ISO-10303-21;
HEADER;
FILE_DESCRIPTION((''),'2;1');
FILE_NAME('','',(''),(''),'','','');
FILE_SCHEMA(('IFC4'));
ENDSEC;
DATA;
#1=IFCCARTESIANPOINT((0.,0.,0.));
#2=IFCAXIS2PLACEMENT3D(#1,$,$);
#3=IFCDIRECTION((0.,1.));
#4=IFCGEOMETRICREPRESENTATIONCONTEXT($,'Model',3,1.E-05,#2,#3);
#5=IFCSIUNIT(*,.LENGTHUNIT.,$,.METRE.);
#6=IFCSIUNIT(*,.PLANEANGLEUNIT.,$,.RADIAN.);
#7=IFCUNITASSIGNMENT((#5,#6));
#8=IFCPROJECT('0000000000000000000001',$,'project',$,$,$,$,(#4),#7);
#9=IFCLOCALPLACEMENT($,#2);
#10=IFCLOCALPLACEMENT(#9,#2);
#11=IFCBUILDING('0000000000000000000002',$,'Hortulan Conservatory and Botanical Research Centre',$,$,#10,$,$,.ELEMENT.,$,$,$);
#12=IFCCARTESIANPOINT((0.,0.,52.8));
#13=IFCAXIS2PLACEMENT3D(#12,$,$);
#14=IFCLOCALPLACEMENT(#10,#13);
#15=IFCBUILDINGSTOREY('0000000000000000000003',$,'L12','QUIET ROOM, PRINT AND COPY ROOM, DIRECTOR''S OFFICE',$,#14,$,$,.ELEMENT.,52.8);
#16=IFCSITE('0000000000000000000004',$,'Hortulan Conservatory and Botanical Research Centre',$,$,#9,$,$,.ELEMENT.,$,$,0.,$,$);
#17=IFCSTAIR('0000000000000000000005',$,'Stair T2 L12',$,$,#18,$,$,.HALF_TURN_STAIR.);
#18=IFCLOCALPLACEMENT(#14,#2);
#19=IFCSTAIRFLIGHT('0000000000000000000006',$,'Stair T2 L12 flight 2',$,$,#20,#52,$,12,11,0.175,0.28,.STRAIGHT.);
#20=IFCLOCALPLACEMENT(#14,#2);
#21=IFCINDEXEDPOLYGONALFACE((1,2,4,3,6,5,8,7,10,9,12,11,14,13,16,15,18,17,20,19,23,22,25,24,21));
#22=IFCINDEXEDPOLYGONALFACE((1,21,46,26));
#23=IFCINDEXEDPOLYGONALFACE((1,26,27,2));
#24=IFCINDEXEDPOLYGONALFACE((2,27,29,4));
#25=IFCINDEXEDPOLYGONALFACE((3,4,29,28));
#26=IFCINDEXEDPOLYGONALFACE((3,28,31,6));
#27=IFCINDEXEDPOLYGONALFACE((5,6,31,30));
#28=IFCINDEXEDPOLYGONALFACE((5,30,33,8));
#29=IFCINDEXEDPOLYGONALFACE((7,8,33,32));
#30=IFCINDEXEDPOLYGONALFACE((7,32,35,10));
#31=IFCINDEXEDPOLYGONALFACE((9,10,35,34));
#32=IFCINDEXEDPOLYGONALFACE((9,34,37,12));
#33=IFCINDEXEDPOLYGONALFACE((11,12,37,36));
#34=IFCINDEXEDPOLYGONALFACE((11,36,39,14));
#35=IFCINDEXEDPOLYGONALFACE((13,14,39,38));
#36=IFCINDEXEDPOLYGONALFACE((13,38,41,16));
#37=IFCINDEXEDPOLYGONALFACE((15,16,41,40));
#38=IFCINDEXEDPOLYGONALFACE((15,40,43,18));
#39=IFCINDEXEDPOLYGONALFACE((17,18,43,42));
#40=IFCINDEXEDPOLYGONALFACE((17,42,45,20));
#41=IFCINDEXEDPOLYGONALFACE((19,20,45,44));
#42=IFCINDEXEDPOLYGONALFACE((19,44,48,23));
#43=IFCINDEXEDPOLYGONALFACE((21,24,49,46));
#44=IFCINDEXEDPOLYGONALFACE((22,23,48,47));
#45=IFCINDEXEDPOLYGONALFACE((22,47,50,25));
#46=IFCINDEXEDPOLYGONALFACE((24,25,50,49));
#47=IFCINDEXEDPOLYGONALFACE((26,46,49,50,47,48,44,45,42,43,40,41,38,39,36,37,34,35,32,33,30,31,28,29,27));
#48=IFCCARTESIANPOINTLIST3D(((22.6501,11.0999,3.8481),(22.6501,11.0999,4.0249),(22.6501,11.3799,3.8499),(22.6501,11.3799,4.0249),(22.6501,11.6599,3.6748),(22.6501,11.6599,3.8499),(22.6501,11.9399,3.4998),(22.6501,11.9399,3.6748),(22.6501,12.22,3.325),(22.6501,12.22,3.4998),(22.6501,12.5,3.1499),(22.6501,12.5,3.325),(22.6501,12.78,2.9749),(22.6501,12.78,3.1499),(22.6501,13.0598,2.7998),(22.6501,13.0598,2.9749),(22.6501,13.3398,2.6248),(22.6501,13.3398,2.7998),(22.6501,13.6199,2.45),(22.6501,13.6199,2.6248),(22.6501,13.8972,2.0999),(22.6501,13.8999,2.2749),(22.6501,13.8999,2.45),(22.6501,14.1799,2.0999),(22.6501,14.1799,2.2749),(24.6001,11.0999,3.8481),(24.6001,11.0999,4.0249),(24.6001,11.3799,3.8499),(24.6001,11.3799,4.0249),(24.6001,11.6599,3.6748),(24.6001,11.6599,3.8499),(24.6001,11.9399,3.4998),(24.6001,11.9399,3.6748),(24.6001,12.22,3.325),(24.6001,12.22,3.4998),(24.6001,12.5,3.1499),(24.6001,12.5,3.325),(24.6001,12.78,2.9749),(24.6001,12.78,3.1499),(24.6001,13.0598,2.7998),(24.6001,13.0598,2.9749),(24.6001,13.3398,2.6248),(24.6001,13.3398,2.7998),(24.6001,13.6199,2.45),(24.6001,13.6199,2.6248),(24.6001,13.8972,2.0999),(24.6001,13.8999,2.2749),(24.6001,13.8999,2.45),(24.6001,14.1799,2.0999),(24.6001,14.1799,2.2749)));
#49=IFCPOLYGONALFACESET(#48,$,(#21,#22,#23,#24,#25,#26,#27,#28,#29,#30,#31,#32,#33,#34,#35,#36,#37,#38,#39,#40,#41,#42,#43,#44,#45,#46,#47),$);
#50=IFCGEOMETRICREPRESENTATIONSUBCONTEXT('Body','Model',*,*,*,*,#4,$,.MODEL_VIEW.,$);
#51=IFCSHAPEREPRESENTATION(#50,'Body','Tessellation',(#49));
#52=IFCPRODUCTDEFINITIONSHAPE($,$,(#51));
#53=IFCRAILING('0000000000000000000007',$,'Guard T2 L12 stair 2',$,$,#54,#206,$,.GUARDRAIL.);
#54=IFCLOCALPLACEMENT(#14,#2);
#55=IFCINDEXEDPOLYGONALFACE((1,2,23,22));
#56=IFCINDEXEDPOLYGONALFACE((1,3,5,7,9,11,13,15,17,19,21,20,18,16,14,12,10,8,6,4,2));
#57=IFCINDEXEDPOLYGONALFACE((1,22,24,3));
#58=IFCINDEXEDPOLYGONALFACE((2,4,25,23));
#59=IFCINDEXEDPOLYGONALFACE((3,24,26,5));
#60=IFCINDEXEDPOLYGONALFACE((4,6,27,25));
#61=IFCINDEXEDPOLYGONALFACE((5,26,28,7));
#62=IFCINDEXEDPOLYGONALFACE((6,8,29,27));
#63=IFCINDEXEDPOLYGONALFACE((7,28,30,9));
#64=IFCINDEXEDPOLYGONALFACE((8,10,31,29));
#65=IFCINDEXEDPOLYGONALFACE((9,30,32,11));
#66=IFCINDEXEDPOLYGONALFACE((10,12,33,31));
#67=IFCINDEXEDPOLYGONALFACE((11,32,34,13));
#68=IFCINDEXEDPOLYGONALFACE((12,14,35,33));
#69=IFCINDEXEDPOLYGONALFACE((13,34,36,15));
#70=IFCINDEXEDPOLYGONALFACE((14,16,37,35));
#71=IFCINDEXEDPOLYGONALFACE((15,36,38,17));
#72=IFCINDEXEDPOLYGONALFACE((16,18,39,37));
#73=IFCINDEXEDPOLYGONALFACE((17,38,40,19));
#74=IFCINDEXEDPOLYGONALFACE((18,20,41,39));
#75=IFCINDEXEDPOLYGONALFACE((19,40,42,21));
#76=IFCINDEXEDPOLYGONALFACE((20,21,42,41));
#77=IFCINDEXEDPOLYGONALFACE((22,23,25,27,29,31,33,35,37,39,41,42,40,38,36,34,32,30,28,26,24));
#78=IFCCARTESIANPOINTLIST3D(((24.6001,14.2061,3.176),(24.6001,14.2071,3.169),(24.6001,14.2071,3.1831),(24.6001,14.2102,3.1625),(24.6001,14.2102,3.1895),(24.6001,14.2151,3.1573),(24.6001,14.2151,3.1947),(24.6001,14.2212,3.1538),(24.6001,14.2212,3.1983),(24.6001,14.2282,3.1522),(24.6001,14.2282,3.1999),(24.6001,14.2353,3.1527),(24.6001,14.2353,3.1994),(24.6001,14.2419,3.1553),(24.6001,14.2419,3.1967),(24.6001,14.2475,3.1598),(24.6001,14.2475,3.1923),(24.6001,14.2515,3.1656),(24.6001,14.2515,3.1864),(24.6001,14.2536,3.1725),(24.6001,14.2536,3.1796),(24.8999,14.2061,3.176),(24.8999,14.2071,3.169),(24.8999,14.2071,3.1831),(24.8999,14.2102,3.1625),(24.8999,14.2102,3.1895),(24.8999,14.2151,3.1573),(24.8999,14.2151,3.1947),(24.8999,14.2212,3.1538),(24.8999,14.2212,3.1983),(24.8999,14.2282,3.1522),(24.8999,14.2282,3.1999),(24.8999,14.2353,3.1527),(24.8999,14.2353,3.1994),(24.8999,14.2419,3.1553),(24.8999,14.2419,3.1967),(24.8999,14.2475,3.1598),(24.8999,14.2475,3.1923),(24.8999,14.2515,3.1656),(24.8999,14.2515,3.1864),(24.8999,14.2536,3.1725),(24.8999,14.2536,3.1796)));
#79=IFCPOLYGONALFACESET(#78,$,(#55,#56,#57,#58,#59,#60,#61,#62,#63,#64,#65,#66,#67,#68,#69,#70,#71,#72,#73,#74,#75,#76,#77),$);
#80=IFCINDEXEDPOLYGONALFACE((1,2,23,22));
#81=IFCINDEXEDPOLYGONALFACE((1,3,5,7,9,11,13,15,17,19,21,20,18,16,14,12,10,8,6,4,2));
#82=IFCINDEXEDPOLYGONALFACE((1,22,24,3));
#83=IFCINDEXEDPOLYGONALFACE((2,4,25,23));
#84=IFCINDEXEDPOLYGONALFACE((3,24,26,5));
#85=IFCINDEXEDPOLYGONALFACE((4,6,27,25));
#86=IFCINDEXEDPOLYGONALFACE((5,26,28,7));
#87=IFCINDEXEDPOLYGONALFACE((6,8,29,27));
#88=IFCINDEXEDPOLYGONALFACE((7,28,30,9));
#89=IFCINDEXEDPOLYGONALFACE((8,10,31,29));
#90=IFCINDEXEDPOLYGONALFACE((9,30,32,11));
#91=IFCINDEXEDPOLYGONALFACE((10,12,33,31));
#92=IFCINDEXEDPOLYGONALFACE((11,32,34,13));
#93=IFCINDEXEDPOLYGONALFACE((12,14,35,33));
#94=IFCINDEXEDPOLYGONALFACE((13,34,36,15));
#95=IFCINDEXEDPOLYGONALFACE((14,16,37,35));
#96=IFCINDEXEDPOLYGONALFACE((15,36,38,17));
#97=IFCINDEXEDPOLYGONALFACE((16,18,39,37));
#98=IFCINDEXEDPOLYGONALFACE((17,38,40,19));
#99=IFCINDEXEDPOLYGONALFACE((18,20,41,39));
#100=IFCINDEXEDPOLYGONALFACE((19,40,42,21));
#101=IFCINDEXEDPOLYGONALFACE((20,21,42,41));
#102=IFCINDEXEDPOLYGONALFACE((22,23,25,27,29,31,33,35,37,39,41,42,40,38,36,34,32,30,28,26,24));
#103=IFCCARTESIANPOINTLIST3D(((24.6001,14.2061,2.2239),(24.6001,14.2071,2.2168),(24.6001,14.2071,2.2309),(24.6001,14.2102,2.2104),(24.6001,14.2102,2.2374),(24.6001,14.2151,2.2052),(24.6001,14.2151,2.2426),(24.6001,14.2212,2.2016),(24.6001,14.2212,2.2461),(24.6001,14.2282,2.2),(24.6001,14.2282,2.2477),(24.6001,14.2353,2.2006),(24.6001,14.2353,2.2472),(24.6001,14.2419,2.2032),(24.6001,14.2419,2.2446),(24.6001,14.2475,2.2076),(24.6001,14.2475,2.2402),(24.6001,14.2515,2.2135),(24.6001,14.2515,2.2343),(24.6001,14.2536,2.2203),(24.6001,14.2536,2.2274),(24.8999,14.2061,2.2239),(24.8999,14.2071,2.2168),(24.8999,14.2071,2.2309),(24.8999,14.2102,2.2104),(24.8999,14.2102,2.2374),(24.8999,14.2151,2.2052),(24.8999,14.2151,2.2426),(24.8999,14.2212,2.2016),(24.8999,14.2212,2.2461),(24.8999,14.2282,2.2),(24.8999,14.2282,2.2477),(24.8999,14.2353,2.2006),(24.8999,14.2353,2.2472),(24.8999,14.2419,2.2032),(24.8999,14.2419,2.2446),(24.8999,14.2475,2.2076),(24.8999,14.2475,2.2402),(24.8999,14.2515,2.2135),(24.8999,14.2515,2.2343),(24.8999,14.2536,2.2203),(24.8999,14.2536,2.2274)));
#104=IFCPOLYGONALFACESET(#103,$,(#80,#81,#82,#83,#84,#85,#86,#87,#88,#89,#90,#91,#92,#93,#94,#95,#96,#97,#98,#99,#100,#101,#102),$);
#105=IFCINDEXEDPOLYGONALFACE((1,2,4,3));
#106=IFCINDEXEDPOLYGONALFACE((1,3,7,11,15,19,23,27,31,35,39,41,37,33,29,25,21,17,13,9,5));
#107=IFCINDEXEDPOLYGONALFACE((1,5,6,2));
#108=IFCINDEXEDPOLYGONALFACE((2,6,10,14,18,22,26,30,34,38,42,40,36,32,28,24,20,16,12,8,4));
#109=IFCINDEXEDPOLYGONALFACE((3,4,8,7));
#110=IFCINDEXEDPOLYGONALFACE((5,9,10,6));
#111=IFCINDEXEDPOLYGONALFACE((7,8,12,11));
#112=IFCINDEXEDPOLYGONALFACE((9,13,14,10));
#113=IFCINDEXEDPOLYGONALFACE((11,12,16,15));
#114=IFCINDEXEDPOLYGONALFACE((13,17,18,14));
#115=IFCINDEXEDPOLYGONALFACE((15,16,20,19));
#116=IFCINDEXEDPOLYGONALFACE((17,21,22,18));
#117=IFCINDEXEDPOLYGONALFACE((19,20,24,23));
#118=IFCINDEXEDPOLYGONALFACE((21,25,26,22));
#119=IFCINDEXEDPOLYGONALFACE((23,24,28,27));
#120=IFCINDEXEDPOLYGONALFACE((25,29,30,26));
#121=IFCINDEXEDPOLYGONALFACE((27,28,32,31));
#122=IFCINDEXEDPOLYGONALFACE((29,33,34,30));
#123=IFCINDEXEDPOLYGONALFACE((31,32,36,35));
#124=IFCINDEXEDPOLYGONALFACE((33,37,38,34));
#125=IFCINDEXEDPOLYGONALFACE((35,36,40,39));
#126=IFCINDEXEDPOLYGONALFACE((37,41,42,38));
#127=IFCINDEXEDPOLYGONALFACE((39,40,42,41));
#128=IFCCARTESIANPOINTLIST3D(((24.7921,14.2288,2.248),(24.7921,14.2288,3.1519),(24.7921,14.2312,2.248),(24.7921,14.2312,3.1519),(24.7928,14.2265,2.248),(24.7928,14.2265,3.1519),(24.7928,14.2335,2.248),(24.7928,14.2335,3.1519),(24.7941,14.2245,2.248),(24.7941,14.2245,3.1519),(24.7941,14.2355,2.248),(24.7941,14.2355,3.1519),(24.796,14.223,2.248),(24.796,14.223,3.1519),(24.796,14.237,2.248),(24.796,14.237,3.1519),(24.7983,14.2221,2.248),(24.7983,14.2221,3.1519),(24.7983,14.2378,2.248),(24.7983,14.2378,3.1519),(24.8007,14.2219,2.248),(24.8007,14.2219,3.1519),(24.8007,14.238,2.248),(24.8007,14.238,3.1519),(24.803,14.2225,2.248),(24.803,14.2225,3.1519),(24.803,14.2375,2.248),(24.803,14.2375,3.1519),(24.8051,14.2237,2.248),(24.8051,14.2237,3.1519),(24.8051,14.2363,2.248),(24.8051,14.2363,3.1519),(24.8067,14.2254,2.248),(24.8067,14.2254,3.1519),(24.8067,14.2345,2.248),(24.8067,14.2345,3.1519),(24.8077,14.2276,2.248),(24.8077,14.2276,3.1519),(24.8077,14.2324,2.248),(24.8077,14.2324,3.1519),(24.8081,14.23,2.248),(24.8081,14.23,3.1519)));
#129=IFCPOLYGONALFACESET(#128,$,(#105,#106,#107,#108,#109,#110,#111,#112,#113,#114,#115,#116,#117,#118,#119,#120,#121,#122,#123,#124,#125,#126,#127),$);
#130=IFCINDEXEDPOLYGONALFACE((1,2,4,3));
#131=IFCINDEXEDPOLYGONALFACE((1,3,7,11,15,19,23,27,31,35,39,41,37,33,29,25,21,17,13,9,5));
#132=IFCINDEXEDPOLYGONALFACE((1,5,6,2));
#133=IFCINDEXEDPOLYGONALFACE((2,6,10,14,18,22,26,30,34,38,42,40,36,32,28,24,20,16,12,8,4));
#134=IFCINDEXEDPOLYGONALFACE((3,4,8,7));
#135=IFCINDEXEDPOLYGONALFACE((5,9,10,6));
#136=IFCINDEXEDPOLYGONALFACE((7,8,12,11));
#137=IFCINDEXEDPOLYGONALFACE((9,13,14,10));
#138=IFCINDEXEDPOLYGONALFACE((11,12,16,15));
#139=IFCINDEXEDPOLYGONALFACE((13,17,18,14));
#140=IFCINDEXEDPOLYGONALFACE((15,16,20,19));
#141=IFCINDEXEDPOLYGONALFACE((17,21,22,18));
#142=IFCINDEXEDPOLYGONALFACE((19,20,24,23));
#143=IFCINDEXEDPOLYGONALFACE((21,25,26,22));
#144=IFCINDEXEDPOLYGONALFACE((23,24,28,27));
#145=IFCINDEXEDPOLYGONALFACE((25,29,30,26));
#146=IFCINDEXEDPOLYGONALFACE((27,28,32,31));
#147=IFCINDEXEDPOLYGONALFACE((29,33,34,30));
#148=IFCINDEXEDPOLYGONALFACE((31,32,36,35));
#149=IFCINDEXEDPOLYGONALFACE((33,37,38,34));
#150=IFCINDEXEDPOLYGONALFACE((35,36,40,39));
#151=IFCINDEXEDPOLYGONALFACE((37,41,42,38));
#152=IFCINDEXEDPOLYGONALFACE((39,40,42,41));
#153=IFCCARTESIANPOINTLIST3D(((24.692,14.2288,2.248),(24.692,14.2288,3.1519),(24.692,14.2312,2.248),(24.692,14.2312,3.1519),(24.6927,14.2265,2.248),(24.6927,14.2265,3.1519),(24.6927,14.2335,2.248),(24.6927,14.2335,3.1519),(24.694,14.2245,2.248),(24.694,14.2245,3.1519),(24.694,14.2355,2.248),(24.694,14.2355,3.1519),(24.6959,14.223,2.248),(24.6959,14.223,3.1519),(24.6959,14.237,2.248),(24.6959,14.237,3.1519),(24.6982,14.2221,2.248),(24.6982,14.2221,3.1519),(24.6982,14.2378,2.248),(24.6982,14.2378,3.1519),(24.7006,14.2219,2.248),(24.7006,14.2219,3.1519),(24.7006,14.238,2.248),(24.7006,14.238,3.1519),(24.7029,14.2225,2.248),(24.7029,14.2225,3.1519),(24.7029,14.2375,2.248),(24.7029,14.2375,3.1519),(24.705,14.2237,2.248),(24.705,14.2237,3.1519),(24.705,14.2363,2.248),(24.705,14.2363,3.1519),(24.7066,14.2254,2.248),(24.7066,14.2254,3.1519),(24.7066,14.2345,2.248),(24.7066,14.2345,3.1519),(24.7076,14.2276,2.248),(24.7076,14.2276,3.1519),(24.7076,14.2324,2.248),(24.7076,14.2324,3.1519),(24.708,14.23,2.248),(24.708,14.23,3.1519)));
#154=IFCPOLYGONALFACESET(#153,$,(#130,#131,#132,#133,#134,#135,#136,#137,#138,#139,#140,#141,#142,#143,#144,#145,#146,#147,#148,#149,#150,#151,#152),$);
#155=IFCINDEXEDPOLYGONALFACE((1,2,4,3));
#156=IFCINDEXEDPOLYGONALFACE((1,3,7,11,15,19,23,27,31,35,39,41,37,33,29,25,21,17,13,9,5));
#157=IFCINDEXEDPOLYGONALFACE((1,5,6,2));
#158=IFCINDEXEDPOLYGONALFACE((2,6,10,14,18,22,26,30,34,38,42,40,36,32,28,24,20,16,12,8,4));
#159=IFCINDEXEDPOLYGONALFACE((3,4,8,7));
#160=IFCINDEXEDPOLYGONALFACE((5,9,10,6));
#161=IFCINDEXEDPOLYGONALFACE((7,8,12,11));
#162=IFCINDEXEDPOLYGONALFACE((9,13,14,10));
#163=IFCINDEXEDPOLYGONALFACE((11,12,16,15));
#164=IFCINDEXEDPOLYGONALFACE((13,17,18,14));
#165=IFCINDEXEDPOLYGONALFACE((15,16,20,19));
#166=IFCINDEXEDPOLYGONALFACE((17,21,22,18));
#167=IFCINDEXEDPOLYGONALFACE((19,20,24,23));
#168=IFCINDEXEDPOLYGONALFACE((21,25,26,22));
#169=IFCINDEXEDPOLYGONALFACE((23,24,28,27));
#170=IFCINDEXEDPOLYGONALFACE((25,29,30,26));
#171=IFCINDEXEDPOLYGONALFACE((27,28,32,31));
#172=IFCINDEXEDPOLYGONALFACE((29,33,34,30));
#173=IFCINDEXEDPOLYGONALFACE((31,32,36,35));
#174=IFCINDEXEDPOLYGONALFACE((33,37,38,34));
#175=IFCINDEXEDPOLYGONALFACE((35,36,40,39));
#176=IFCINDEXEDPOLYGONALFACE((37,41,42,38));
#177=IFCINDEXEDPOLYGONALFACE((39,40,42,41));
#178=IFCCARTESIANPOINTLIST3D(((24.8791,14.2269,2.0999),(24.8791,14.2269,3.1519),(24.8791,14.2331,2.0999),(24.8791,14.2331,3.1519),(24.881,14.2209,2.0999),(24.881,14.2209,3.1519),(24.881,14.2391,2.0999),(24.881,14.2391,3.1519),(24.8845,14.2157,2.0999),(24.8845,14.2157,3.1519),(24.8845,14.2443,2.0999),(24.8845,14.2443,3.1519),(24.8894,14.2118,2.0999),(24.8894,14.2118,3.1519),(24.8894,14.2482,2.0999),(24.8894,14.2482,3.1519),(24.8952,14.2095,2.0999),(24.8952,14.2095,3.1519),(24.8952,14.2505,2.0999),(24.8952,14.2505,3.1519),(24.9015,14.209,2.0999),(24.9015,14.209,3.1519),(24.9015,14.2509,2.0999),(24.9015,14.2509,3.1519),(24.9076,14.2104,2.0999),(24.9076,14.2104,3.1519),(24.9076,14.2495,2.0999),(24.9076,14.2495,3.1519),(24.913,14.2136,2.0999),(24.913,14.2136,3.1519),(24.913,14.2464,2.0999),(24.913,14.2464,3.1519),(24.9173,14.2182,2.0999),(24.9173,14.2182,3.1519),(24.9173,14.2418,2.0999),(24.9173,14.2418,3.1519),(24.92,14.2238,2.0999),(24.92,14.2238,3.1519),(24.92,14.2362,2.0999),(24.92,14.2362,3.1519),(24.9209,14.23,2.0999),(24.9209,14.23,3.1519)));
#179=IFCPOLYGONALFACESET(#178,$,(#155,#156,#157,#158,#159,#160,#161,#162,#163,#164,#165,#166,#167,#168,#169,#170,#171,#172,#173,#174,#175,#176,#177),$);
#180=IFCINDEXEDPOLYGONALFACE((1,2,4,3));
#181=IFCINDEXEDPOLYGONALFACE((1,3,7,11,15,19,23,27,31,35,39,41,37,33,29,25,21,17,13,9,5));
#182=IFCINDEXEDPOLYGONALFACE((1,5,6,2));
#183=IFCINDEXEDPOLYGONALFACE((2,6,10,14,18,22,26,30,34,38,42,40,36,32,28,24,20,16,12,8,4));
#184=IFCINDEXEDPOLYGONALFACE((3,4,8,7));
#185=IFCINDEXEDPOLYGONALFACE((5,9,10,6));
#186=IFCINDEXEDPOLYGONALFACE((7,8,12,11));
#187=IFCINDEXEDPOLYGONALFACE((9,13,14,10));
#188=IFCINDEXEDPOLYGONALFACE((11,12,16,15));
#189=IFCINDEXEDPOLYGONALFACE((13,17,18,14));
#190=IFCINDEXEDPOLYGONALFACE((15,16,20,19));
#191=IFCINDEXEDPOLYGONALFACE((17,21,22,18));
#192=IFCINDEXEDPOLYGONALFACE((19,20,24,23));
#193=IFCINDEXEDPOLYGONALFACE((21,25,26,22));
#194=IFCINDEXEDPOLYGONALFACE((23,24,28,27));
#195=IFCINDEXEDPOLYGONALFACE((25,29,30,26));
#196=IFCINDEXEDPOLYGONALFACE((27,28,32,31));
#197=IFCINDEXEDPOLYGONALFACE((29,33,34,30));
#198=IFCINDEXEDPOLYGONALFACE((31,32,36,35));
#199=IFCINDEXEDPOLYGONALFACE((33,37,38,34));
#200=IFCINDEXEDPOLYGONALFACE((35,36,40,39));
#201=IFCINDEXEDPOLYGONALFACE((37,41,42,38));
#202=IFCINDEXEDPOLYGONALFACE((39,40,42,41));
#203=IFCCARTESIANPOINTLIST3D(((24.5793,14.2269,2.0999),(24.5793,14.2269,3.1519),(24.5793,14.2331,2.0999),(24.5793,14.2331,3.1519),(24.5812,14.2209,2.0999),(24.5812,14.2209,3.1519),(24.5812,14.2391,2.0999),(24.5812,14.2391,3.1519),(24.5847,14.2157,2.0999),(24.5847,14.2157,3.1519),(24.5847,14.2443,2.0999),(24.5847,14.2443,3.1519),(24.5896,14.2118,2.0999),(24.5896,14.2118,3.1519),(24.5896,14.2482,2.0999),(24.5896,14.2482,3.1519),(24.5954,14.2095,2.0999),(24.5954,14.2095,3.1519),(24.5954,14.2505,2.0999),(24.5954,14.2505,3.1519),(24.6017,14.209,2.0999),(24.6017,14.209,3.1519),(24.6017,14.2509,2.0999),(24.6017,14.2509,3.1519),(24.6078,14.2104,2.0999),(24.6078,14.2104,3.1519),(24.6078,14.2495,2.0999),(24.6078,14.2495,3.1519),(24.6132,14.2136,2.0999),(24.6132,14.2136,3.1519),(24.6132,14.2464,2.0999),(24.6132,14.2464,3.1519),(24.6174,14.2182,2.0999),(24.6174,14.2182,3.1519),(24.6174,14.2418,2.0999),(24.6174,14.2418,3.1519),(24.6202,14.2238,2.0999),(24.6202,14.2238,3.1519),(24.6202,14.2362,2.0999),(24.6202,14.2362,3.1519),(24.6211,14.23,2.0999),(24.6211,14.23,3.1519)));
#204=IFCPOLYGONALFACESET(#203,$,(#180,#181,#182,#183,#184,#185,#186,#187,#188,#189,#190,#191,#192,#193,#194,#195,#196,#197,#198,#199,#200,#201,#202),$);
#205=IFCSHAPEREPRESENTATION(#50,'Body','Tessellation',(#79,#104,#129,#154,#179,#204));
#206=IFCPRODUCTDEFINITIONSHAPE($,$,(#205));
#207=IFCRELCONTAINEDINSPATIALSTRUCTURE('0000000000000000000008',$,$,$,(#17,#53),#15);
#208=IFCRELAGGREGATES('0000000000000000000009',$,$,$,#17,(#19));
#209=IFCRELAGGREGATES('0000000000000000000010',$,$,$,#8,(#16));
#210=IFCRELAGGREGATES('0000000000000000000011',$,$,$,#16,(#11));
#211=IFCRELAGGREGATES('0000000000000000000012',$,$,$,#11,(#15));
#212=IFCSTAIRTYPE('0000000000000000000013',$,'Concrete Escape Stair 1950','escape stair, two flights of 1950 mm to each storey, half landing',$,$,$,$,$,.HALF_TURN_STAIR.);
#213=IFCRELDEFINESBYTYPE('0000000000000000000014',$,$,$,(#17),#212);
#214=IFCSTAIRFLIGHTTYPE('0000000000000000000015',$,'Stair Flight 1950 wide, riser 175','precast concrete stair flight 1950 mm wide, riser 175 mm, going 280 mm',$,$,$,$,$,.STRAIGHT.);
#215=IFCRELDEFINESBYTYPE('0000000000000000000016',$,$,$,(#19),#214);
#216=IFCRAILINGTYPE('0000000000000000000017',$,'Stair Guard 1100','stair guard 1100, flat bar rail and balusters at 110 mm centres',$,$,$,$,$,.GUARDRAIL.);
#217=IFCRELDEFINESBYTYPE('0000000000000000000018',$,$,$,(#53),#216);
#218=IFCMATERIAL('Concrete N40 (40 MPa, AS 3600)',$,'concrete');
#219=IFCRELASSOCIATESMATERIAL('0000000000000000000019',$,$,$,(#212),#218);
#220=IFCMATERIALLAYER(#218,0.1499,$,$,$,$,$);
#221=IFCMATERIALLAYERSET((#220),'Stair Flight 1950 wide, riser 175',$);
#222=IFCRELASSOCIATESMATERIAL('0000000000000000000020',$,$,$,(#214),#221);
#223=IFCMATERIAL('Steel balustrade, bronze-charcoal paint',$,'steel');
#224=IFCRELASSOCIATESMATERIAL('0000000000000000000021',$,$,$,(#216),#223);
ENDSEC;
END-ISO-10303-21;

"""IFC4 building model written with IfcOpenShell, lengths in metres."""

from ifc_helpers import new_model, si_unit, direction, frame, origin, origin_2d, place, context, subcontext, project, spatial, polyline, circle, outline, extrude, material, layer, layer_set, type_object, element, aggregate, save


model = new_model("IFC4")

# Units and contexts
model_context = context("Model", 3, precision=1e-05, world=origin(), true_north=direction((0.0, 1.0)))
body_context = subcontext(model_context, "Body", "Model", "MODEL_VIEW")
ifc_project = project(units=[si_unit("LENGTHUNIT", "METRE"), si_unit("PLANEANGLEUNIT", "RADIAN")], contexts=[model_context])

# Site, building, storey
site_placement = place(None, origin())
site = spatial("IfcSite", under=ifc_project, at=site_placement, Name="Hortulan Conservatory and Botanical Research Centre", CompositionType="ELEMENT", RefElevation=0.0)
building_placement = place(site_placement, origin())
building = spatial("IfcBuilding", under=site, at=building_placement, Name="Hortulan Conservatory and Botanical Research Centre", CompositionType="ELEMENT")
storey_placement = place(building_placement, frame((0.0, 0.0, 52.8)))
storey = spatial("IfcBuildingStorey", under=building, at=storey_placement, Name="L12", Description="QUIET ROOM, PRINT AND COPY ROOM, DIRECTOR'S OFFICE", CompositionType="ELEMENT", Elevation=52.8)

# Shared definitions
ifc_material_1 = material(Name="Concrete N40 (40 MPa, AS 3600)", Category="concrete")

# Stair, stair flight
stair_type = type_object("IfcStairType", Name="Concrete Escape Stair 1950", Description="escape stair, two flights of 1950 mm to each storey, half landing", PredefinedType="HALF_TURN_STAIR", material=ifc_material_1)
stair_placement = place(storey_placement, origin())
stair = element("IfcStair", 1, at=stair_placement, inside=storey, type_object=stair_type, Name="Stair T2 L12", PredefinedType="HALF_TURN_STAIR")
ifc_layer_1 = layer(ifc_material_1, 0.1499)
ifc_layer_set_1 = layer_set([ifc_layer_1], Name="Stair Flight 1950 wide, riser 175")
stair_flight_type = type_object("IfcStairFlightType", Name="Stair Flight 1950 wide, riser 175", Description="precast concrete stair flight 1950 mm wide, riser 175 mm, going 280 mm", PredefinedType="STRAIGHT", material=ifc_layer_set_1)
stair_flight_placement = place(storey_placement, frame((23.625, 14.1799, 2.0999), z_axis=(0.0, 0.0, 1.0), x_axis=(0.0, -1.0, 0.0)))
stair_flight = element("IfcStairFlight", 2, at=stair_flight_placement, type_object=stair_flight_type, Name="Stair T2 L12 flight 2", NumberOfRisers=12, NumberOfTreads=11, PredefinedType="STRAIGHT", RiserHeight=0.175, TreadLength=0.28, context=body_context, shape_type="SweptSolid", body=[
    extrude(outline(polyline([(0.0, 0.0), (0.0, 0.175), (0.28, 0.175), (0.28, 0.3501), (0.5601, 0.3501), (0.5601, 0.5249), (0.8401, 0.5249), (0.8401, 0.7), (1.1201, 0.7), (1.1201, 0.875), (1.3999, 0.875), (1.3999, 1.05), (1.6799, 1.05), (1.6799, 1.2251), (1.96, 1.2251), (1.96, 1.3999), (2.24, 1.3999), (2.24, 1.575), (2.52, 1.575), (2.52, 1.75), (2.8, 1.75), (2.8, 1.925), (3.0801, 1.925), (3.0801, 2.1001), (3.0801, 1.7483), (0.2827, 0.0), (0.0, 0.0)])), frame((0.0, 0.9751, 0.0), z_axis=(0.0, -1.0, 0.0), x_axis=(1.0, 0.0, 0.0)), (0.0, 0.0, 1.0), 1.95),
])
aggregate(stair, [stair_flight])

# Railing
ifc_material_2 = material(Name="Steel balustrade, bronze-charcoal paint", Category="steel")
railing_type_1 = type_object("IfcRailingType", Name="Stair Guard 1100", Description="stair guard 1100, flat bar rail and balusters at 110 mm centres", PredefinedType="GUARDRAIL", material=ifc_material_2)
railing_1_placement = place(storey_placement, frame((24.8999, 14.23, 2.0999)))
element("IfcRailing", 3, at=railing_1_placement, inside=storey, type_object=railing_type_1, Name="Guard T2 L12 stair 2", PredefinedType="GUARDRAIL", context=body_context, shape_type="SweptSolid", body=[
    extrude(circle(Radius=0.0239, at=origin_2d()), frame((0.0, 0.0, 1.0762), z_axis=(-1.0, 0.0, 0.0), x_axis=(0.0, -1.0, 0.0)), (0.0, 0.0, 1.0), 0.2998),
    extrude(circle(Radius=0.0239, at=origin_2d()), frame((0.0, 0.0, 0.124), z_axis=(-1.0, 0.0, 0.0), x_axis=(0.0, -1.0, 0.0)), (0.0, 0.0, 1.0), 0.2998),
    extrude(circle(Radius=0.0081, at=origin_2d()), frame((-0.0999, 0.0, 0.1482)), (0.0, 0.0, 1.0), 0.9038),
    extrude(circle(Radius=0.0081, at=origin_2d()), frame((-0.2, 0.0, 0.1482)), (0.0, 0.0, 1.0), 0.9038),
    extrude(circle(Radius=0.021, at=origin_2d()), origin(), (0.0, 0.0, 1.0), 1.052),
    extrude(circle(Radius=0.021, at=origin_2d()), frame((-0.2998, 0.0, 0.0)), (0.0, 0.0, 1.0), 1.052),
])

save(model, "model.ifc")
